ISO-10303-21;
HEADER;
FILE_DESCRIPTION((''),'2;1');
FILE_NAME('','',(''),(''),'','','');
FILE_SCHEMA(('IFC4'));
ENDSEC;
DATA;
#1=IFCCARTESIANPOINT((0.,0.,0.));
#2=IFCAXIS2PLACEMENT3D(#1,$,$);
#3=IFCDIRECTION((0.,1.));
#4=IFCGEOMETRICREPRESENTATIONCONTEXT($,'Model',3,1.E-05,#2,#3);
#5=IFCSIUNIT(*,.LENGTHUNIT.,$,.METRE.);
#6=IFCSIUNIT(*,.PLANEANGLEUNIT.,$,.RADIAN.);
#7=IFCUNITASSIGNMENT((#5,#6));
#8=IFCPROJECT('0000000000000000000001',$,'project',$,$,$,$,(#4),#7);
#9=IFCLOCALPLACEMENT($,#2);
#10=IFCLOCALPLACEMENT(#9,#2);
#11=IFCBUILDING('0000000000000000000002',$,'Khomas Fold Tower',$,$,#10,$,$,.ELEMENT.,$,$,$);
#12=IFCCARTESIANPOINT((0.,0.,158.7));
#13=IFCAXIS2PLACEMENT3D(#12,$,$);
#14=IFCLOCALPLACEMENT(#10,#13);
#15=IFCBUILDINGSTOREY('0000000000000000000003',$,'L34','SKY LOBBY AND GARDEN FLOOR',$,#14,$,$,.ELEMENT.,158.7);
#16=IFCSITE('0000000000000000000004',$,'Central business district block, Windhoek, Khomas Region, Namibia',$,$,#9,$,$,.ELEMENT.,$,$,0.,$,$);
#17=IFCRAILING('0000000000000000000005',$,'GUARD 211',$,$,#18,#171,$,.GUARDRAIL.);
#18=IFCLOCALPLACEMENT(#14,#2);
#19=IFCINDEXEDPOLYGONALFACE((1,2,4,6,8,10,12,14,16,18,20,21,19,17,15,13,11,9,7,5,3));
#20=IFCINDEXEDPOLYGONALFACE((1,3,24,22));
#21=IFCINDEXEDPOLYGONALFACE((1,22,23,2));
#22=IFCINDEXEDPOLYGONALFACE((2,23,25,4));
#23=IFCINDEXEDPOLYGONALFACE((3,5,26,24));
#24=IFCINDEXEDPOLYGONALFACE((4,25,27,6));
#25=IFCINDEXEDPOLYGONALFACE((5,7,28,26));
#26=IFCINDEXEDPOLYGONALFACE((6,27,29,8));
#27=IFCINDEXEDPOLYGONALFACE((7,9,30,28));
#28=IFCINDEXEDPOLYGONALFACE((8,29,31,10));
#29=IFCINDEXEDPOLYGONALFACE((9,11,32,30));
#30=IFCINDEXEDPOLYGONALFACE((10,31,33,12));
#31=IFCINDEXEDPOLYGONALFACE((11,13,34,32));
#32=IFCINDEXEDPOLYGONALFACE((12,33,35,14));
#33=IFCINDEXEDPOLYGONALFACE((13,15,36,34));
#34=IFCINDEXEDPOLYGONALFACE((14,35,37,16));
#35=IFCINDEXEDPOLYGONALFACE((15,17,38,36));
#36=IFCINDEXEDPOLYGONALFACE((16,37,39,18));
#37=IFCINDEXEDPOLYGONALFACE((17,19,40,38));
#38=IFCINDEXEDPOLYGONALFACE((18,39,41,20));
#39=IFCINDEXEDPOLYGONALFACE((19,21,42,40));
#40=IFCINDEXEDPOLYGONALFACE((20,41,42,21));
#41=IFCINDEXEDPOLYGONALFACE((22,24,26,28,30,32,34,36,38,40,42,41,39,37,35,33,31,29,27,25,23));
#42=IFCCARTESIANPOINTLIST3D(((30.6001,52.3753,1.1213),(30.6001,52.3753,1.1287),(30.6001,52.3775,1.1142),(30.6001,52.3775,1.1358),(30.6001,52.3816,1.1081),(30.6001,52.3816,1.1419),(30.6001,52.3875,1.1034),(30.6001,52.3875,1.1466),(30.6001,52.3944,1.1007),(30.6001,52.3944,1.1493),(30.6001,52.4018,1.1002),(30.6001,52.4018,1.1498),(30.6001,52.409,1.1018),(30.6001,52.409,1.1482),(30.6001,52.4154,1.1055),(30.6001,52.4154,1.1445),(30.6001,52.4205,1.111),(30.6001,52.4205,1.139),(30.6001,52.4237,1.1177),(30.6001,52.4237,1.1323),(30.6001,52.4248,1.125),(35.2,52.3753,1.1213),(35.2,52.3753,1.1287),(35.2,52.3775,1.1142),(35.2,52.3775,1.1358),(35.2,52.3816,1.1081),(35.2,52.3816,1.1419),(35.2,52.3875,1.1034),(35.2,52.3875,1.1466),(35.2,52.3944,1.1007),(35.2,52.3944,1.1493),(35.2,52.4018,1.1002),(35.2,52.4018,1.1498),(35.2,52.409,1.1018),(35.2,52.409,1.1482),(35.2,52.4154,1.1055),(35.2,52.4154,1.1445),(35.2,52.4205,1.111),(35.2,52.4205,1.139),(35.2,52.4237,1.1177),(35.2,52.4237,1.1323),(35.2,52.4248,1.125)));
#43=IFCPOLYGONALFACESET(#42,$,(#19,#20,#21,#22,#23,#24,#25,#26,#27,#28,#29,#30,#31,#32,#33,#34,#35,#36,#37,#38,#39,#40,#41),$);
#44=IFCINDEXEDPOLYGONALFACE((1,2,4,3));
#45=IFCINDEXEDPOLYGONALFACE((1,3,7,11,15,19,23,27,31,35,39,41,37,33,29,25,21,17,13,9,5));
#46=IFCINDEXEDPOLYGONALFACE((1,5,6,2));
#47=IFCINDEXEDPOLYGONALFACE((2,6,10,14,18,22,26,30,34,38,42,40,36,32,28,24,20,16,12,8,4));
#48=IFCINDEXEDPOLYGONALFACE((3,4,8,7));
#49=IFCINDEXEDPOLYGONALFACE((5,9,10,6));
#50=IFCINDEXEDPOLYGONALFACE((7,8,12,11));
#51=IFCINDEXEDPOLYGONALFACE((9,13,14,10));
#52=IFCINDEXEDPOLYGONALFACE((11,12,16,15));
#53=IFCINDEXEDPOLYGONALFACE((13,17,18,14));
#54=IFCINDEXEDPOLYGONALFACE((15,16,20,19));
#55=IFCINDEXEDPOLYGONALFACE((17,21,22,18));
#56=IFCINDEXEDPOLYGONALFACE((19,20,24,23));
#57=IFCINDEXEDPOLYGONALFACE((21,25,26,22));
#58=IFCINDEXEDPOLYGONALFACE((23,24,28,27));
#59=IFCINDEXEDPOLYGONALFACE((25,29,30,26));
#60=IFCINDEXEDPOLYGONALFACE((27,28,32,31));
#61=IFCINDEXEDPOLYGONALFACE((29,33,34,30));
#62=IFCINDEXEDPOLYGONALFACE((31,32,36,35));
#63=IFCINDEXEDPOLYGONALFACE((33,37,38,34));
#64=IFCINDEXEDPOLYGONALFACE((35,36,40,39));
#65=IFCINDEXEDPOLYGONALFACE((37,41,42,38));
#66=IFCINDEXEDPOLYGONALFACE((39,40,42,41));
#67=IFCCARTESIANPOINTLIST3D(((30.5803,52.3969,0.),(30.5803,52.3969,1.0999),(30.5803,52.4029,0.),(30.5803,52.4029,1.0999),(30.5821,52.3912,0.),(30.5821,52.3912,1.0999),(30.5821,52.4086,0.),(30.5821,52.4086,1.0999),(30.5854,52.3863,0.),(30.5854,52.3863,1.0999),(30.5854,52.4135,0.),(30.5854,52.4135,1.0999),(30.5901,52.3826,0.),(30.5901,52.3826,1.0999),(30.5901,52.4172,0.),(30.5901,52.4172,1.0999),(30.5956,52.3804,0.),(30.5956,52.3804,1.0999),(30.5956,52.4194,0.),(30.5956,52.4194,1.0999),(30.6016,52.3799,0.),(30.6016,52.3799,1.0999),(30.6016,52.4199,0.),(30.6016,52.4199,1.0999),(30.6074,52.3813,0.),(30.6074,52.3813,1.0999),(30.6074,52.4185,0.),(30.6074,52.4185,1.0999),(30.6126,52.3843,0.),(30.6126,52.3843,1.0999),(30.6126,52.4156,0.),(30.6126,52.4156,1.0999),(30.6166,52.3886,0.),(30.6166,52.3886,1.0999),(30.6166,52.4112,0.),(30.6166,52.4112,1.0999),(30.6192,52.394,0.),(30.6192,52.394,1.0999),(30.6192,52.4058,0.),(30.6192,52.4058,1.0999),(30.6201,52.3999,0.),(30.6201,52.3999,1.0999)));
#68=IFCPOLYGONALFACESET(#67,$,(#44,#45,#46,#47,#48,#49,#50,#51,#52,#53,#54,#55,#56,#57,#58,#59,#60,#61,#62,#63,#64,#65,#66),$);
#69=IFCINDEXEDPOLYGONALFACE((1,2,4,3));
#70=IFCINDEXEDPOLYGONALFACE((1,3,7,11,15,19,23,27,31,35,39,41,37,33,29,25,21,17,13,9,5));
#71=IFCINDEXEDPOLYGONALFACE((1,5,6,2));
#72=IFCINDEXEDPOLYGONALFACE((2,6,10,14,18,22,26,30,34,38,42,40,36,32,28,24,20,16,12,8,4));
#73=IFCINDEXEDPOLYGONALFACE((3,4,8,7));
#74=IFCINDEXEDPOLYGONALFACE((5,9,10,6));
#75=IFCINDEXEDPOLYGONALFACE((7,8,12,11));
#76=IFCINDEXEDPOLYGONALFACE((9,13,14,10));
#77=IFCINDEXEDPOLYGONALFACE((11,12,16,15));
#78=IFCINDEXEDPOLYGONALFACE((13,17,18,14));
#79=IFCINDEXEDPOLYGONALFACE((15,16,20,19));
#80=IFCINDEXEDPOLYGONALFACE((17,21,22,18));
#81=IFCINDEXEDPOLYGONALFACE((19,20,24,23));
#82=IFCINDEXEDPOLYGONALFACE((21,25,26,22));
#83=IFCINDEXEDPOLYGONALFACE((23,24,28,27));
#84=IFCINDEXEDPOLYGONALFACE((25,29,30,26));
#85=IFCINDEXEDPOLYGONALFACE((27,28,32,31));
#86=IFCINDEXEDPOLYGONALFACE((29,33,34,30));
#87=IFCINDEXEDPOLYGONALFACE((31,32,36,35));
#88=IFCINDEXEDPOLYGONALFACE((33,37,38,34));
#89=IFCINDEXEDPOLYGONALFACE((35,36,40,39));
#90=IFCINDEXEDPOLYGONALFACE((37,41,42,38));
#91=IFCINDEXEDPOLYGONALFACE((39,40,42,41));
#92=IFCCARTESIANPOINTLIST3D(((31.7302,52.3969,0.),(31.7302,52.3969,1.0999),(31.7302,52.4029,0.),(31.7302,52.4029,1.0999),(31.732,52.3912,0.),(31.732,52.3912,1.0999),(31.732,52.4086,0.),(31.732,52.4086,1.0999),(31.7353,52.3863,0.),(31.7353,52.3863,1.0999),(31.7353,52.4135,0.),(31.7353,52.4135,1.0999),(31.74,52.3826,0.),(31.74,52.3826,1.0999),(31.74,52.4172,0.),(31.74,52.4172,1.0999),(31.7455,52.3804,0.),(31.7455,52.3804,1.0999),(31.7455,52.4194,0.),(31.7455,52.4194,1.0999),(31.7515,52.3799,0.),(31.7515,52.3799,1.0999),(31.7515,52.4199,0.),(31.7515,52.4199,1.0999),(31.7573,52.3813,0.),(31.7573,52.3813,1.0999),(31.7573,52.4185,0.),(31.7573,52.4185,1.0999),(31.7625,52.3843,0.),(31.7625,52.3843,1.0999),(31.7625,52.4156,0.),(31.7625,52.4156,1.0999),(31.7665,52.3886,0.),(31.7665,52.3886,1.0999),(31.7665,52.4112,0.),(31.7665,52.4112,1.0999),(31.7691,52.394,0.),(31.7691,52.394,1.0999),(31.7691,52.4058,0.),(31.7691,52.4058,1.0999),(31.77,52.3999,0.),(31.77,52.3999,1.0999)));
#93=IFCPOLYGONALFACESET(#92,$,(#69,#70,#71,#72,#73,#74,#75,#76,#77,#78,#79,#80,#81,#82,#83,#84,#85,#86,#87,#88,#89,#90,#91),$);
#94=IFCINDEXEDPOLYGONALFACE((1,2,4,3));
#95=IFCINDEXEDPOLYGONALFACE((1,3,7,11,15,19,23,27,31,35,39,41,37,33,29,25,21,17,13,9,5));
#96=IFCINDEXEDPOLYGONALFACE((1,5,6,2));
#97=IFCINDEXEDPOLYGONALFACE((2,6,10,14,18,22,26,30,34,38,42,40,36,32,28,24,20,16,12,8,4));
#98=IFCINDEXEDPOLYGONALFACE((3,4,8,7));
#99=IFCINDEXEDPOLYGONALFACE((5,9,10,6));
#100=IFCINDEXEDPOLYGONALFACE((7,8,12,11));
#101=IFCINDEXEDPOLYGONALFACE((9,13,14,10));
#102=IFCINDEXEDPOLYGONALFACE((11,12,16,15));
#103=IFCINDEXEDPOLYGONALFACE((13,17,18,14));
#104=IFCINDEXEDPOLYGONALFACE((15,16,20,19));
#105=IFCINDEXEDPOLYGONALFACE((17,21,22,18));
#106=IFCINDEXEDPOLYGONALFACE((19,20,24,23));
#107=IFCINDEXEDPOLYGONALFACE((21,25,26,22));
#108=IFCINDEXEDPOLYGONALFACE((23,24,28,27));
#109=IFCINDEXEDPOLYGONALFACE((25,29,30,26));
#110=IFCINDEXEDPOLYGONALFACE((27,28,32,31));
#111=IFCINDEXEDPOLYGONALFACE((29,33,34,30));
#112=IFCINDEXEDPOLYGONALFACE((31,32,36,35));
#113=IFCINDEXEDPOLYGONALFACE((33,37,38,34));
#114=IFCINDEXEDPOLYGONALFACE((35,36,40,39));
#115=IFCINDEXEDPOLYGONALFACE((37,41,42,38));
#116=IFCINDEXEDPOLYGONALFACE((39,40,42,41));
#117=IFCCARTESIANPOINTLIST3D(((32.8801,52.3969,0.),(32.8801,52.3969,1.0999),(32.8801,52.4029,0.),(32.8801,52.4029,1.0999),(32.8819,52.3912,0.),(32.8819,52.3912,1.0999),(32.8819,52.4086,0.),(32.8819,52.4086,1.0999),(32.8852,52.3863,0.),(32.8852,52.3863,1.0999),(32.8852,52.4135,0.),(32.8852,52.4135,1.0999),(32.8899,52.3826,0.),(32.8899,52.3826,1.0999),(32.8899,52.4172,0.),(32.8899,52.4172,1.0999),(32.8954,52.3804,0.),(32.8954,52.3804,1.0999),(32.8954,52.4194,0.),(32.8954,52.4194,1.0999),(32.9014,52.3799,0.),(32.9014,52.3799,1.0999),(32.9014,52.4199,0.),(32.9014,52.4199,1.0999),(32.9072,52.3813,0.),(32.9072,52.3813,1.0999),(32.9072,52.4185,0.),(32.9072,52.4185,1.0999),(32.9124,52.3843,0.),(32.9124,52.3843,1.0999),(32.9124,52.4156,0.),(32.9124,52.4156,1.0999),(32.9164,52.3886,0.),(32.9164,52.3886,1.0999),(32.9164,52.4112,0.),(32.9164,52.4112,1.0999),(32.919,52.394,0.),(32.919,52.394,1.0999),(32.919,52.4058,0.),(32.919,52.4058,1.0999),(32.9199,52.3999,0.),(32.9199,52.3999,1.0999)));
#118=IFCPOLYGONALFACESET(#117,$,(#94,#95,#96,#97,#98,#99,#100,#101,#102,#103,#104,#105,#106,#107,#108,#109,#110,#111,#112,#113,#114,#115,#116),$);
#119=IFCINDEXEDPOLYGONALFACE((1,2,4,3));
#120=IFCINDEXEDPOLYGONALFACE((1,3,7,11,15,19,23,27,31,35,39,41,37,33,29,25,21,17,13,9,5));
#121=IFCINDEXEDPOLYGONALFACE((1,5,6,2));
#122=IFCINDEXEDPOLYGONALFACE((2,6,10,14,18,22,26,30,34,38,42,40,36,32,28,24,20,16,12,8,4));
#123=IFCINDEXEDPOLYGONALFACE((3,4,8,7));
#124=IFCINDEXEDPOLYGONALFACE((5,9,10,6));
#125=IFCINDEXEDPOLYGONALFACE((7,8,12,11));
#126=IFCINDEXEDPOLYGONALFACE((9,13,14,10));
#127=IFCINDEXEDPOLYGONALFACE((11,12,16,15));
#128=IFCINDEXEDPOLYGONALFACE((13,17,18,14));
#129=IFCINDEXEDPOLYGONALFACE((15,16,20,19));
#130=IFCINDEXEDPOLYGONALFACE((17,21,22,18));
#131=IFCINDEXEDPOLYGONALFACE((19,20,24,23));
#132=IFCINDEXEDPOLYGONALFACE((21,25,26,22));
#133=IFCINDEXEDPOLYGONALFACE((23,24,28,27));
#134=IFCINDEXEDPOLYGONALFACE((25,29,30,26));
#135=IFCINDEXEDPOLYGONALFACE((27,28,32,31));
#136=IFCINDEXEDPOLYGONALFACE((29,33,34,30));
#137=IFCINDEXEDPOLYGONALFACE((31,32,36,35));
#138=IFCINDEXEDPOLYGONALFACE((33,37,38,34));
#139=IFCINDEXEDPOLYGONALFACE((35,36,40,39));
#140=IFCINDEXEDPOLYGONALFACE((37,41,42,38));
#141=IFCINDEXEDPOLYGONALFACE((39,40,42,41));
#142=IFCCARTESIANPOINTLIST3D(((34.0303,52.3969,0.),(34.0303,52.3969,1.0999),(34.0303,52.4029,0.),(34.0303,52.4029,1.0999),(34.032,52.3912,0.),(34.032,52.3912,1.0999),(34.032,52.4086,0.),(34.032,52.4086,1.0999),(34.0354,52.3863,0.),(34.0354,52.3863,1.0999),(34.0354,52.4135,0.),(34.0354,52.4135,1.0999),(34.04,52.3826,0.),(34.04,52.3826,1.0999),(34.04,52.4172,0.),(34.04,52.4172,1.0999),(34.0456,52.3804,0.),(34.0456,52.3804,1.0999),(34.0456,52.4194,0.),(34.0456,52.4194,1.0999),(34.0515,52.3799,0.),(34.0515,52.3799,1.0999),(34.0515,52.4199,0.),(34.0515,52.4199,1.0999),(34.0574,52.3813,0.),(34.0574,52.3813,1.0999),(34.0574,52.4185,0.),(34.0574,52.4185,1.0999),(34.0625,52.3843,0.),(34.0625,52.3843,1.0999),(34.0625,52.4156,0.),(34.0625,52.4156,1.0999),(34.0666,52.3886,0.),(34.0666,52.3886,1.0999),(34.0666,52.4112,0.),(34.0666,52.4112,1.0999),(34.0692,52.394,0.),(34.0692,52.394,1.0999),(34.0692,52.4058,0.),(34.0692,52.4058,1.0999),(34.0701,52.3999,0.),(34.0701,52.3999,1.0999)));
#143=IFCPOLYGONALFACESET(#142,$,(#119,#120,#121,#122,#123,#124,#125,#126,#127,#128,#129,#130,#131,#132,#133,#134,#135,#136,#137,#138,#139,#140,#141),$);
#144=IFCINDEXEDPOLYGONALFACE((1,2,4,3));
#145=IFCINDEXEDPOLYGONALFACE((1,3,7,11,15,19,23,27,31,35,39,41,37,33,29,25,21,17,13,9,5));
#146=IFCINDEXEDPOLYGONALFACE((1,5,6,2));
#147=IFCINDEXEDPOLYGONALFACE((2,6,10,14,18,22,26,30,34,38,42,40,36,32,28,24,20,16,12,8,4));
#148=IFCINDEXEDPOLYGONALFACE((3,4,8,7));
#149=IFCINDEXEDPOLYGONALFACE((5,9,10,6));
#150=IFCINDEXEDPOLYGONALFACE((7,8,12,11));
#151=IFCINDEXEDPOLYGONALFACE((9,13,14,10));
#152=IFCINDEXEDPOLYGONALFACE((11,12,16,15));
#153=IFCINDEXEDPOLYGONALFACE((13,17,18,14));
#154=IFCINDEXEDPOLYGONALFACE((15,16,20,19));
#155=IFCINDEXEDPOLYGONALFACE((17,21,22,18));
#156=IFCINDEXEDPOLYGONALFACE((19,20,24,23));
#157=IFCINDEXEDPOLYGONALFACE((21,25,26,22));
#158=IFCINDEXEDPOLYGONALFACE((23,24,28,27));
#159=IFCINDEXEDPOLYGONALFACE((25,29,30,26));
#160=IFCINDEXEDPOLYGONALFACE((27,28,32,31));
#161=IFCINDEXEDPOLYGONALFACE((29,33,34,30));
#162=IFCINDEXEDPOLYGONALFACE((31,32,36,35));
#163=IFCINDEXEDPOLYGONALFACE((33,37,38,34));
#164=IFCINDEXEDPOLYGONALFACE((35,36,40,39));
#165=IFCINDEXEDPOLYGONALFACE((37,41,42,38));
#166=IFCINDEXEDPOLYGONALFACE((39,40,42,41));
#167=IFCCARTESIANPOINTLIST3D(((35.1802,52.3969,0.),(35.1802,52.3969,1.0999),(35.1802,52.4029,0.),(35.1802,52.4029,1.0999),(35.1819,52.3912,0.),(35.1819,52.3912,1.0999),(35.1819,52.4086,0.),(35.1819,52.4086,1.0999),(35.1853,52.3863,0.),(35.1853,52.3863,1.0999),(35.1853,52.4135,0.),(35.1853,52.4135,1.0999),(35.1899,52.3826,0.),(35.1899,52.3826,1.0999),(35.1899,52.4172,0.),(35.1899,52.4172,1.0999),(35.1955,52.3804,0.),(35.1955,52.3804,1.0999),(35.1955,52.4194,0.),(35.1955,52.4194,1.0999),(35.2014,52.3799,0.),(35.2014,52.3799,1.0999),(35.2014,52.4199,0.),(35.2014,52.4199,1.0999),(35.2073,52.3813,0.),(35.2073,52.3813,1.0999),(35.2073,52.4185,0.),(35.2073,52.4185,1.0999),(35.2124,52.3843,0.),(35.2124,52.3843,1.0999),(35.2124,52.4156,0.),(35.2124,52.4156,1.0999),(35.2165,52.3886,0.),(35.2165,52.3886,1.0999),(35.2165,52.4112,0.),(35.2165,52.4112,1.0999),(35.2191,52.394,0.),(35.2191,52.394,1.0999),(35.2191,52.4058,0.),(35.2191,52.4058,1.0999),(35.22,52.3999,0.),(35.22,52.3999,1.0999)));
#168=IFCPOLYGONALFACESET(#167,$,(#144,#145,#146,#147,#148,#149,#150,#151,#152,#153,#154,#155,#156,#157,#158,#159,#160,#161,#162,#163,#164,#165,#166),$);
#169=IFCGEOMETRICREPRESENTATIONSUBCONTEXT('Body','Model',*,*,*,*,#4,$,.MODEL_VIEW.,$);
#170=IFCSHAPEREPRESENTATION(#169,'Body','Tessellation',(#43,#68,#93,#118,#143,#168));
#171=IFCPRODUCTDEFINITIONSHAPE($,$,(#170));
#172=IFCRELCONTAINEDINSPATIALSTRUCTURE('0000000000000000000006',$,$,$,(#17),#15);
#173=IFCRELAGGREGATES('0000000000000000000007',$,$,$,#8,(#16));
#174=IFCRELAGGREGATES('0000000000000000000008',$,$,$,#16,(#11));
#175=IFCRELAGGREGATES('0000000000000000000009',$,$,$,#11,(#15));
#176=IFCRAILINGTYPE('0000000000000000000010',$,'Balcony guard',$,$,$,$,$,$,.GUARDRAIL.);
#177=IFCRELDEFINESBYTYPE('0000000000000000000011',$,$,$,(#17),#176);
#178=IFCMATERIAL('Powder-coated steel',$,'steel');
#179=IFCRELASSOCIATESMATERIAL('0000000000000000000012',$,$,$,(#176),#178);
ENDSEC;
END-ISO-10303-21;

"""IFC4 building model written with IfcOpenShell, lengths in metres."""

from ifc_helpers import new_model, si_unit, direction, frame, origin, origin_2d, place, context, subcontext, project, spatial, circle, extrude, source, transform, mapped, material, type_object, element, save


model = new_model("IFC4")

# Units and contexts
model_context = context("Model", 3, precision=1e-05, world=origin(), true_north=direction((0.0, 1.0)))
body_context = subcontext(model_context, "Body", "Model", "MODEL_VIEW")
ifc_project = project(units=[si_unit("LENGTHUNIT", "METRE"), si_unit("PLANEANGLEUNIT", "RADIAN")], contexts=[model_context])

# Site, building, storey
site_placement = place(None, origin())
site = spatial("IfcSite", under=ifc_project, at=site_placement, Name="Central business district block, Windhoek, Khomas Region, Namibia", CompositionType="ELEMENT", RefElevation=0.0)
building_placement = place(site_placement, origin())
building = spatial("IfcBuilding", under=site, at=building_placement, Name="Khomas Fold Tower", CompositionType="ELEMENT")
storey_placement = place(building_placement, frame((0.0, 0.0, 158.7)))
storey = spatial("IfcBuildingStorey", under=building, at=storey_placement, Name="L34", Description="SKY LOBBY AND GARDEN FLOOR", CompositionType="ELEMENT", Elevation=158.7)

# Railing
ifc_material_1 = material(Name="Powder-coated steel", Category="steel")
railing_type = type_object("IfcRailingType", Name="Balcony guard", PredefinedType="GUARDRAIL", material=ifc_material_1)
shared_shape_1 = source(origin(), body_context, "Body", "SweptSolid", [
    extrude(circle(Radius=0.0249, at=origin_2d()), frame((0.0, 0.0, 1.125), z_axis=(1.0, 0.0, 0.0), x_axis=(0.0, 1.0, 0.0)), (0.0, 0.0, 1.0), 4.5999),
    extrude(circle(Radius=0.02, at=origin_2d()), origin(), (0.0, 0.0, 1.0), 1.0999),
    extrude(circle(Radius=0.02, at=origin_2d()), frame((1.1499, 0.0, 0.0)), (0.0, 0.0, 1.0), 1.0999),
    extrude(circle(Radius=0.02, at=origin_2d()), frame((2.2998, 0.0, 0.0)), (0.0, 0.0, 1.0), 1.0999),
    extrude(circle(Radius=0.02, at=origin_2d()), frame((3.45, 0.0, 0.0)), (0.0, 0.0, 1.0), 1.0999),
    extrude(circle(Radius=0.02, at=origin_2d()), frame((4.5999, 0.0, 0.0)), (0.0, 0.0, 1.0), 1.0999),
])
for number, where, name in (
    (1, (30.6001, 52.3999, 0.0), "GUARD 211"),
):
    element("IfcRailing", number, at=place(storey_placement, frame(where)), inside=storey, type_object=railing_type, Name=name, PredefinedType="GUARDRAIL", context=body_context, shape_type="MappedRepresentation", body=[
        mapped(shared_shape_1, transform((0.0, 0.0, 0.0))),
    ])

save(model, "model.ifc")
